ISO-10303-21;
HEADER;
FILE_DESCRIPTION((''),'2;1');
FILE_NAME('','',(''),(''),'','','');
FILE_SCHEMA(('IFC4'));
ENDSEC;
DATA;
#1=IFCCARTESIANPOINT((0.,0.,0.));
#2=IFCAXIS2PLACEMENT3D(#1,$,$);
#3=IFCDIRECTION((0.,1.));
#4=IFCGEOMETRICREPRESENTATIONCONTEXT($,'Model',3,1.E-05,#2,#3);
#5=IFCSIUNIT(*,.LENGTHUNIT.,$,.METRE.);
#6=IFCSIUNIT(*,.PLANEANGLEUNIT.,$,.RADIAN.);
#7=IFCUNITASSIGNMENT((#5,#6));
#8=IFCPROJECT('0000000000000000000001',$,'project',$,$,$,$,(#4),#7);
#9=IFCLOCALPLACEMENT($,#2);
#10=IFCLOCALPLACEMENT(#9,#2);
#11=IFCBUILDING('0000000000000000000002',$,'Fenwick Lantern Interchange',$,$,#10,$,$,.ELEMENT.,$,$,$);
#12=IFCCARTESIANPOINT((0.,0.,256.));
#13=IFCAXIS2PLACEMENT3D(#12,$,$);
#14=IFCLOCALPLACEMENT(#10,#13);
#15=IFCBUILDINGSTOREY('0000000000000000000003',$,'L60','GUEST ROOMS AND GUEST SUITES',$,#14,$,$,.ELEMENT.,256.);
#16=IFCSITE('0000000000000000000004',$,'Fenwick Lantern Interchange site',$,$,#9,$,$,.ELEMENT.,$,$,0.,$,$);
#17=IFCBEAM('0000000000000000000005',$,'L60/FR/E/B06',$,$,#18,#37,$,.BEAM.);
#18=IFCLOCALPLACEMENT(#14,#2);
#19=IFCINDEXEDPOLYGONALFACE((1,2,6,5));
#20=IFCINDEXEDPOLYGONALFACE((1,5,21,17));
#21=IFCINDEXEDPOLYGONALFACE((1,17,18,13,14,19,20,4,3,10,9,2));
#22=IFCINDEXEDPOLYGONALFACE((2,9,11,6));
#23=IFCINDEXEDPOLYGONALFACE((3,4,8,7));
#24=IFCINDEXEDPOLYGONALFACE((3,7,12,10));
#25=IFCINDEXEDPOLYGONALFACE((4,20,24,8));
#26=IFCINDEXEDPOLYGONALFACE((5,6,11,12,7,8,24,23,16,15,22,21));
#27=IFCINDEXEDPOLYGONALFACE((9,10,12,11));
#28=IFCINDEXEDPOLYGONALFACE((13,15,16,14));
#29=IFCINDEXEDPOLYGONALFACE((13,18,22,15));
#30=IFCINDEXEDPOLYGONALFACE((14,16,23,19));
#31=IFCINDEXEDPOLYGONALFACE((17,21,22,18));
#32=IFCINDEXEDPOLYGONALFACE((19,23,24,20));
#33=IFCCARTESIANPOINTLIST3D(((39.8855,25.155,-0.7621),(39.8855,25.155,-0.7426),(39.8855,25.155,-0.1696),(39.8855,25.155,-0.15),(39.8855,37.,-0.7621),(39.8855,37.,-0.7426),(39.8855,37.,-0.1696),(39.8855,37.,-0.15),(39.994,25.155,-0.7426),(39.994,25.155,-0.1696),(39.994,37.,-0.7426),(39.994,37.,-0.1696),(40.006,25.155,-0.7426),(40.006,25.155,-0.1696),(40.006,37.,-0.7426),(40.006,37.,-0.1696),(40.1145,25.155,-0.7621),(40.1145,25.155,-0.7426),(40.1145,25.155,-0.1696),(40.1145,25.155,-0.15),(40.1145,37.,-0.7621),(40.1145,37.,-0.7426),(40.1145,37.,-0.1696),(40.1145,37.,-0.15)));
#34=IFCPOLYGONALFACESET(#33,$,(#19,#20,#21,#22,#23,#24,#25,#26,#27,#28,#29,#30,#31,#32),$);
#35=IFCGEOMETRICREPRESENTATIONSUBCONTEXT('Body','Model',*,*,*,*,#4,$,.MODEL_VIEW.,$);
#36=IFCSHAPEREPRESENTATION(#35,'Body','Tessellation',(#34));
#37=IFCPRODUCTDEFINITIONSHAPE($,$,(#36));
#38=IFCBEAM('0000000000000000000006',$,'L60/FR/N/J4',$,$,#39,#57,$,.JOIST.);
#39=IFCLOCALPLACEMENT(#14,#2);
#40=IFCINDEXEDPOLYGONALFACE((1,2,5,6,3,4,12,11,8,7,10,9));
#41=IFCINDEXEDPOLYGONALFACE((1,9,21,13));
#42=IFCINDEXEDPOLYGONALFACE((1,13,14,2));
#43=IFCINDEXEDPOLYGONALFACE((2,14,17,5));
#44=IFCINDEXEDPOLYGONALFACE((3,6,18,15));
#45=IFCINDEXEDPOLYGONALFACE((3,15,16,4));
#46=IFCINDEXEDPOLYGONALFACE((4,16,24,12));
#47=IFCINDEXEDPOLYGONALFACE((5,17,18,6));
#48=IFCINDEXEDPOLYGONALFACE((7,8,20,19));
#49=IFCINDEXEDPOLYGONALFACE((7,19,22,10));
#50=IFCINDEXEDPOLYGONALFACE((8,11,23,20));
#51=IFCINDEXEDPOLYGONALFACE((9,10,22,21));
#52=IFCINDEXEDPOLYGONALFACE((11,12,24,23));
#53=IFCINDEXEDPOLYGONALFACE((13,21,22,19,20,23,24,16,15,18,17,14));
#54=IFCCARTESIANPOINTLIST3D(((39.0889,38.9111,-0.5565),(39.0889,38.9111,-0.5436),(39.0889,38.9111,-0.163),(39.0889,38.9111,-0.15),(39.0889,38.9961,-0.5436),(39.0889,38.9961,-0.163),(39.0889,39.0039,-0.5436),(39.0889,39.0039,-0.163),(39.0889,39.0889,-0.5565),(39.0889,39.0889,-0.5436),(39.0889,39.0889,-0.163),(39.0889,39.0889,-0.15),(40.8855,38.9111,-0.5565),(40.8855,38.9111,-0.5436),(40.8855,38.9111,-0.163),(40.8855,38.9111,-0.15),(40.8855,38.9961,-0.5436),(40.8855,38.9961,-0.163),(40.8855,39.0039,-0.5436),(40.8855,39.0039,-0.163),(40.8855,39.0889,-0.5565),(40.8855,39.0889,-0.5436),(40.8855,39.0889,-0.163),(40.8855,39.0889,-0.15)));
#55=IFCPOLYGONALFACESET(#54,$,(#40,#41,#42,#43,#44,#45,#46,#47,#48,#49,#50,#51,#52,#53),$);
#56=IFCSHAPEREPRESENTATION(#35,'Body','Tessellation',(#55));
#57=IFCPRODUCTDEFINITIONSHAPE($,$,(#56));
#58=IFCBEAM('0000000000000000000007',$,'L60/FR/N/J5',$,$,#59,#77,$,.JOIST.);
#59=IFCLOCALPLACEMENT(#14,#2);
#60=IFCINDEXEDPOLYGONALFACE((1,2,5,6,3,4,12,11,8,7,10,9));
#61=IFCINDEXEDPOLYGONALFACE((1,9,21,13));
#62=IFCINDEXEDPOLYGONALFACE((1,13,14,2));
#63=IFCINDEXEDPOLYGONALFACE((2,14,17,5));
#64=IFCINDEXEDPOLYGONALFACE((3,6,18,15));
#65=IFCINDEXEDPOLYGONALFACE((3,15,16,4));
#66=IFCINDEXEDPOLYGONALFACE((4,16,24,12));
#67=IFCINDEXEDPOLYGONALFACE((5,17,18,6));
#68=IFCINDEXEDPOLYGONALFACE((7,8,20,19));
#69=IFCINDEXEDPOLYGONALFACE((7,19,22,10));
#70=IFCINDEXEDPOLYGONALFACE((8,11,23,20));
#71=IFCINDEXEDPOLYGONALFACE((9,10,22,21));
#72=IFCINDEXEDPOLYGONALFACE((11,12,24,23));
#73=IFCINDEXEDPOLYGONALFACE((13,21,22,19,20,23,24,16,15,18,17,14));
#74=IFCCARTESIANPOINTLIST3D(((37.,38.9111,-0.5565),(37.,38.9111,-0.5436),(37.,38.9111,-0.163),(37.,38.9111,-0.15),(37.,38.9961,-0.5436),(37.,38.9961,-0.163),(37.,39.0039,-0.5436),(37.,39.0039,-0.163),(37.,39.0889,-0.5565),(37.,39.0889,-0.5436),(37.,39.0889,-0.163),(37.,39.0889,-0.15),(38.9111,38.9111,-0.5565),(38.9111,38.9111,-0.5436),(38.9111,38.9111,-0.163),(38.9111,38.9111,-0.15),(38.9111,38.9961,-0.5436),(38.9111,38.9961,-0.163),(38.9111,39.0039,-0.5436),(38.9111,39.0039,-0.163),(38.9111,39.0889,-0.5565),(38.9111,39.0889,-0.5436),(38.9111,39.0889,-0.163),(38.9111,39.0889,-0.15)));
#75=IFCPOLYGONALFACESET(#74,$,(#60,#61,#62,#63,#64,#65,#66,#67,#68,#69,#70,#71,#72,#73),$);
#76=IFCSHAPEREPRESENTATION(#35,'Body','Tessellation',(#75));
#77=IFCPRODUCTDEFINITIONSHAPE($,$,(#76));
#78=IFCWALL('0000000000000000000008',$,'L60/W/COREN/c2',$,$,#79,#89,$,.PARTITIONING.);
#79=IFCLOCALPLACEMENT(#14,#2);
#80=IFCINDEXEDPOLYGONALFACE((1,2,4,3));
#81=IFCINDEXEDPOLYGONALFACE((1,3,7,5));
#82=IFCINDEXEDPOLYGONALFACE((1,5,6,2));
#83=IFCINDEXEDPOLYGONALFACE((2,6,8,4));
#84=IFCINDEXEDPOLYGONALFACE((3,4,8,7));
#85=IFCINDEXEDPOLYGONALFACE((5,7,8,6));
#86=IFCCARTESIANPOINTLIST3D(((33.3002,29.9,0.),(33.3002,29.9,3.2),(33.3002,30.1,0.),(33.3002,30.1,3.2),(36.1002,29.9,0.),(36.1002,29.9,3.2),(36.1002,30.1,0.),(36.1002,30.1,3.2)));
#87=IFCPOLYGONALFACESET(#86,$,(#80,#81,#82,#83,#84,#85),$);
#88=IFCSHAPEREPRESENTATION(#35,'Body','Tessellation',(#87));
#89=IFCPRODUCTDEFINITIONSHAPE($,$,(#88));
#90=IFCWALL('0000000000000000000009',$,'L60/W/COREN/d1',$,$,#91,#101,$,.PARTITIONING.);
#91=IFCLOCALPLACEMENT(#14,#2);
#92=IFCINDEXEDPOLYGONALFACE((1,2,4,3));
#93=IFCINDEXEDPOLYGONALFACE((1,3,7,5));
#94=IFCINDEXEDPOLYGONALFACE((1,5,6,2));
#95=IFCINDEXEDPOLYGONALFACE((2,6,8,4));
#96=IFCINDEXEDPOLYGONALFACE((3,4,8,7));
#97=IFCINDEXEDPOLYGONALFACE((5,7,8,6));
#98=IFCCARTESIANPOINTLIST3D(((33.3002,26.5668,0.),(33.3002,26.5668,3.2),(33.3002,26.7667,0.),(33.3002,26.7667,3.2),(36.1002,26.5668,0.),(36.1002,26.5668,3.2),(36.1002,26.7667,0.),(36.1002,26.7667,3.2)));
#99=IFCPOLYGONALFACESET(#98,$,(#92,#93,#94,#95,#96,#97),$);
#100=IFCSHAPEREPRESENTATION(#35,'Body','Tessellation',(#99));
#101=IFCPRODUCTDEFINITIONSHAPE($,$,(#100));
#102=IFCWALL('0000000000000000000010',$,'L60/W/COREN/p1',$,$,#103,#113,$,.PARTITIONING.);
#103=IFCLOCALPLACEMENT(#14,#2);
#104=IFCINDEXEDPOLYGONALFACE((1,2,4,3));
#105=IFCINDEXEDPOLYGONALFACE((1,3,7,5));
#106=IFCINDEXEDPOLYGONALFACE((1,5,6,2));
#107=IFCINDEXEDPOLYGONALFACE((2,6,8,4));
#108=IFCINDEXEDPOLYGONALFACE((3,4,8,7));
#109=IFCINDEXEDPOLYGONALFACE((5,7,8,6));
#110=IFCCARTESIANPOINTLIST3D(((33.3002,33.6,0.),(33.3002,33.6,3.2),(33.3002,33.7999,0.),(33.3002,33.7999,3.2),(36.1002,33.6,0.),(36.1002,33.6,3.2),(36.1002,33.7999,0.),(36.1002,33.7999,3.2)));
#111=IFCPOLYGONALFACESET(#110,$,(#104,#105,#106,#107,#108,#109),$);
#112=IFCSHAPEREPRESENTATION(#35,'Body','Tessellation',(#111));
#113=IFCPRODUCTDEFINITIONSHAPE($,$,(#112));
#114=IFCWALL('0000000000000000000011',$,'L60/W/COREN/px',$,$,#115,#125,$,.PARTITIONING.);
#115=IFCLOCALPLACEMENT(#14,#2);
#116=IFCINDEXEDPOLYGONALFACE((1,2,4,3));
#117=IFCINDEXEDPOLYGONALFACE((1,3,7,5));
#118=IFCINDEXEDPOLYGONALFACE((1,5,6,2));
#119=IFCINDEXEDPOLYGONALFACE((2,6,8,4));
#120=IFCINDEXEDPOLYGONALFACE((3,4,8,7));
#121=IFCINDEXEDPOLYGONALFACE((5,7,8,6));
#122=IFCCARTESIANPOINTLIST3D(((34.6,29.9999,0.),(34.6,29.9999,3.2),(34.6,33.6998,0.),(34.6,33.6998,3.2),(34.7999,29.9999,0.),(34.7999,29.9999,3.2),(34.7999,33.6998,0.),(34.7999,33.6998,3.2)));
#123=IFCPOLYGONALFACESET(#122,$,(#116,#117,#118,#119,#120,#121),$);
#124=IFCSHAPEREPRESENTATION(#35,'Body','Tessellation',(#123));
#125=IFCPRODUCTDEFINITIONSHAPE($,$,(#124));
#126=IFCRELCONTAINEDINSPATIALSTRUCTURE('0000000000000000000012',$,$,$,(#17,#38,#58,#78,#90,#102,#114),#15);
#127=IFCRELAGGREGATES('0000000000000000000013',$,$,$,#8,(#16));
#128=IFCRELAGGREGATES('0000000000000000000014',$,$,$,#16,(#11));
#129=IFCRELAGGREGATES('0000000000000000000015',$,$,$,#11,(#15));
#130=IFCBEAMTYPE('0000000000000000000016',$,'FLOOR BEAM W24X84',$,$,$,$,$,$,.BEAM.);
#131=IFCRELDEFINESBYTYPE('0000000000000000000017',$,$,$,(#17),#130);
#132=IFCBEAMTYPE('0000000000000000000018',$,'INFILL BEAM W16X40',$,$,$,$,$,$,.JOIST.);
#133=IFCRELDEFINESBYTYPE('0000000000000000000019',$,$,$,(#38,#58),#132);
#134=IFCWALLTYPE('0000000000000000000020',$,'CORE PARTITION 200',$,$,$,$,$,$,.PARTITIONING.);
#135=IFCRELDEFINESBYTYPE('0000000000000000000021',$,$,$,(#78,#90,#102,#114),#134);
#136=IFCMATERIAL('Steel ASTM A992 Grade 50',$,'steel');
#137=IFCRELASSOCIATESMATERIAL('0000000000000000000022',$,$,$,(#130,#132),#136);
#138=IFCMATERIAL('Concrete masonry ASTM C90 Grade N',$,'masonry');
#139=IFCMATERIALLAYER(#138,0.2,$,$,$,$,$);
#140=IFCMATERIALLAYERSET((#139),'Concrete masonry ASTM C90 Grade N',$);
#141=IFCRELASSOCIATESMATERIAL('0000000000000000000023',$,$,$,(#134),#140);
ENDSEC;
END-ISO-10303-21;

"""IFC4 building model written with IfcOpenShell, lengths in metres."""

from ifc_helpers import new_model, si_unit, direction, frame, frame_2d, origin, origin_2d, place, context, subcontext, project, spatial, rectangle, i_section, extrude, material, layer, layer_set, material_profile, profile_set, type_object, element, save


model = new_model("IFC4")

# Units and contexts
model_context = context("Model", 3, precision=1e-05, world=origin(), true_north=direction((0.0, 1.0)))
body_context = subcontext(model_context, "Body", "Model", "MODEL_VIEW")
ifc_project = project(units=[si_unit("LENGTHUNIT", "METRE"), si_unit("PLANEANGLEUNIT", "RADIAN")], contexts=[model_context])

# Site, building, storey
site_placement = place(None, origin())
site = spatial("IfcSite", under=ifc_project, at=site_placement, Name="Fenwick Lantern Interchange site", CompositionType="ELEMENT", RefElevation=0.0)
building_placement = place(site_placement, origin())
building = spatial("IfcBuilding", under=site, at=building_placement, Name="Fenwick Lantern Interchange", CompositionType="ELEMENT")
storey_placement = place(building_placement, frame((0.0, 0.0, 256.0)))
storey = spatial("IfcBuildingStorey", under=building, at=storey_placement, Name="L60", Description="GUEST ROOMS AND GUEST SUITES", CompositionType="ELEMENT", Elevation=256.0)

# Beams
ifc_material_1 = material(Name="Steel ASTM A992 Grade 50", Category="steel")
ifc_material_profile_1 = material_profile(ifc_material_1, i_section(OverallWidth=0.229, OverallDepth=0.6121, WebThickness=0.012, FlangeThickness=0.0195, at=origin_2d()), Name="W24X84")
ifc_profile_set_1 = profile_set([ifc_material_profile_1], Name="Steel ASTM A992 Grade 50")
beam_type_1 = type_object("IfcBeamType", Name="FLOOR BEAM W24X84", PredefinedType="BEAM", material=ifc_profile_set_1)
beam_1_placement = place(storey_placement, frame((40.0, 25.155, -0.4561), z_axis=(0.0, 1.0, 0.0), x_axis=(-1.0, 0.0, 0.0)))
element("IfcBeam", 1, at=beam_1_placement, inside=storey, type_object=beam_type_1, Name="L60/FR/E/B06", PredefinedType="BEAM", context=body_context, shape_type="SweptSolid", body=[
    extrude(i_section(OverallWidth=0.229, OverallDepth=0.6121, WebThickness=0.012, FlangeThickness=0.0195, at=origin_2d()), origin(), (0.0, 0.0, 1.0), 11.845),
])
ifc_material_profile_2 = material_profile(ifc_material_1, i_section(OverallWidth=0.1777, OverallDepth=0.4065, WebThickness=0.0078, FlangeThickness=0.0129, at=origin_2d()), Name="W16X40")
ifc_profile_set_2 = profile_set([ifc_material_profile_2], Name="Steel ASTM A992 Grade 50")
beam_type_2 = type_object("IfcBeamType", Name="INFILL BEAM W16X40", PredefinedType="JOIST", material=ifc_profile_set_2)
beam_2_placement = place(storey_placement, frame((40.8855, 39.0, -0.3533), z_axis=(-1.0, 0.0, 0.0), x_axis=(0.0, -1.0, 0.0)))
element("IfcBeam", 2, at=beam_2_placement, inside=storey, type_object=beam_type_2, Name="L60/FR/N/J4", PredefinedType="JOIST", context=body_context, shape_type="SweptSolid", body=[
    extrude(i_section(OverallWidth=0.1777, OverallDepth=0.4065, WebThickness=0.0078, FlangeThickness=0.0129, at=origin_2d()), origin(), (0.0, 0.0, 1.0), 1.7966),
])
beam_3_placement = place(storey_placement, frame((38.9111, 39.0, -0.3533), z_axis=(-1.0, 0.0, 0.0), x_axis=(0.0, -1.0, 0.0)))
element("IfcBeam", 3, at=beam_3_placement, inside=storey, type_object=beam_type_2, Name="L60/FR/N/J5", PredefinedType="JOIST", context=body_context, shape_type="SweptSolid", body=[
    extrude(i_section(OverallWidth=0.1777, OverallDepth=0.4065, WebThickness=0.0078, FlangeThickness=0.0129, at=origin_2d()), origin(), (0.0, 0.0, 1.0), 1.9111),
])

# Walls
ifc_material_2 = material(Name="Concrete masonry ASTM C90 Grade N", Category="masonry")
ifc_layer_1 = layer(ifc_material_2, 0.2)
ifc_layer_set_1 = layer_set([ifc_layer_1], Name="Concrete masonry ASTM C90 Grade N")
wall_type_1 = type_object("IfcWallType", Name="CORE PARTITION 200", PredefinedType="PARTITIONING", material=ifc_layer_set_1)
for number, where, z_axis, x_axis, name in (
    (4, (36.1001, 30.0, 0.0), (0.0, 0.0, 1.0), (-1.0, 0.0, 0.0), "L60/W/COREN/c2"),
    (5, (36.1001, 26.6667, 0.0), (0.0, 0.0, 1.0), (-1.0, 0.0, 0.0), "L60/W/COREN/d1"),
    (6, (36.1001, 33.7, 0.0), (0.0, 0.0, 1.0), (-1.0, 0.0, 0.0), "L60/W/COREN/p1"),
):
    element("IfcWall", number, at=place(storey_placement, frame(where, z_axis=z_axis, x_axis=x_axis)), inside=storey, type_object=wall_type_1, Name=name, PredefinedType="PARTITIONING", context=body_context, shape_type="SweptSolid", body=[
        extrude(rectangle(XDim=2.8, YDim=0.2, at=frame_2d((1.3999, 0.0))), origin(), (0.0, 0.0, 1.0), 3.2),
    ])
wall_1_placement = place(storey_placement, frame((34.7, 33.7, 0.0), z_axis=(0.0, 0.0, 1.0), x_axis=(0.0, -1.0, 0.0)))
element("IfcWall", 7, at=wall_1_placement, inside=storey, type_object=wall_type_1, Name="L60/W/COREN/px", PredefinedType="PARTITIONING", context=body_context, shape_type="SweptSolid", body=[
    extrude(rectangle(XDim=3.7, YDim=0.2, at=frame_2d((1.8501, 0.0))), origin(), (0.0, 0.0, 1.0), 3.2),
])

save(model, "model.ifc")
